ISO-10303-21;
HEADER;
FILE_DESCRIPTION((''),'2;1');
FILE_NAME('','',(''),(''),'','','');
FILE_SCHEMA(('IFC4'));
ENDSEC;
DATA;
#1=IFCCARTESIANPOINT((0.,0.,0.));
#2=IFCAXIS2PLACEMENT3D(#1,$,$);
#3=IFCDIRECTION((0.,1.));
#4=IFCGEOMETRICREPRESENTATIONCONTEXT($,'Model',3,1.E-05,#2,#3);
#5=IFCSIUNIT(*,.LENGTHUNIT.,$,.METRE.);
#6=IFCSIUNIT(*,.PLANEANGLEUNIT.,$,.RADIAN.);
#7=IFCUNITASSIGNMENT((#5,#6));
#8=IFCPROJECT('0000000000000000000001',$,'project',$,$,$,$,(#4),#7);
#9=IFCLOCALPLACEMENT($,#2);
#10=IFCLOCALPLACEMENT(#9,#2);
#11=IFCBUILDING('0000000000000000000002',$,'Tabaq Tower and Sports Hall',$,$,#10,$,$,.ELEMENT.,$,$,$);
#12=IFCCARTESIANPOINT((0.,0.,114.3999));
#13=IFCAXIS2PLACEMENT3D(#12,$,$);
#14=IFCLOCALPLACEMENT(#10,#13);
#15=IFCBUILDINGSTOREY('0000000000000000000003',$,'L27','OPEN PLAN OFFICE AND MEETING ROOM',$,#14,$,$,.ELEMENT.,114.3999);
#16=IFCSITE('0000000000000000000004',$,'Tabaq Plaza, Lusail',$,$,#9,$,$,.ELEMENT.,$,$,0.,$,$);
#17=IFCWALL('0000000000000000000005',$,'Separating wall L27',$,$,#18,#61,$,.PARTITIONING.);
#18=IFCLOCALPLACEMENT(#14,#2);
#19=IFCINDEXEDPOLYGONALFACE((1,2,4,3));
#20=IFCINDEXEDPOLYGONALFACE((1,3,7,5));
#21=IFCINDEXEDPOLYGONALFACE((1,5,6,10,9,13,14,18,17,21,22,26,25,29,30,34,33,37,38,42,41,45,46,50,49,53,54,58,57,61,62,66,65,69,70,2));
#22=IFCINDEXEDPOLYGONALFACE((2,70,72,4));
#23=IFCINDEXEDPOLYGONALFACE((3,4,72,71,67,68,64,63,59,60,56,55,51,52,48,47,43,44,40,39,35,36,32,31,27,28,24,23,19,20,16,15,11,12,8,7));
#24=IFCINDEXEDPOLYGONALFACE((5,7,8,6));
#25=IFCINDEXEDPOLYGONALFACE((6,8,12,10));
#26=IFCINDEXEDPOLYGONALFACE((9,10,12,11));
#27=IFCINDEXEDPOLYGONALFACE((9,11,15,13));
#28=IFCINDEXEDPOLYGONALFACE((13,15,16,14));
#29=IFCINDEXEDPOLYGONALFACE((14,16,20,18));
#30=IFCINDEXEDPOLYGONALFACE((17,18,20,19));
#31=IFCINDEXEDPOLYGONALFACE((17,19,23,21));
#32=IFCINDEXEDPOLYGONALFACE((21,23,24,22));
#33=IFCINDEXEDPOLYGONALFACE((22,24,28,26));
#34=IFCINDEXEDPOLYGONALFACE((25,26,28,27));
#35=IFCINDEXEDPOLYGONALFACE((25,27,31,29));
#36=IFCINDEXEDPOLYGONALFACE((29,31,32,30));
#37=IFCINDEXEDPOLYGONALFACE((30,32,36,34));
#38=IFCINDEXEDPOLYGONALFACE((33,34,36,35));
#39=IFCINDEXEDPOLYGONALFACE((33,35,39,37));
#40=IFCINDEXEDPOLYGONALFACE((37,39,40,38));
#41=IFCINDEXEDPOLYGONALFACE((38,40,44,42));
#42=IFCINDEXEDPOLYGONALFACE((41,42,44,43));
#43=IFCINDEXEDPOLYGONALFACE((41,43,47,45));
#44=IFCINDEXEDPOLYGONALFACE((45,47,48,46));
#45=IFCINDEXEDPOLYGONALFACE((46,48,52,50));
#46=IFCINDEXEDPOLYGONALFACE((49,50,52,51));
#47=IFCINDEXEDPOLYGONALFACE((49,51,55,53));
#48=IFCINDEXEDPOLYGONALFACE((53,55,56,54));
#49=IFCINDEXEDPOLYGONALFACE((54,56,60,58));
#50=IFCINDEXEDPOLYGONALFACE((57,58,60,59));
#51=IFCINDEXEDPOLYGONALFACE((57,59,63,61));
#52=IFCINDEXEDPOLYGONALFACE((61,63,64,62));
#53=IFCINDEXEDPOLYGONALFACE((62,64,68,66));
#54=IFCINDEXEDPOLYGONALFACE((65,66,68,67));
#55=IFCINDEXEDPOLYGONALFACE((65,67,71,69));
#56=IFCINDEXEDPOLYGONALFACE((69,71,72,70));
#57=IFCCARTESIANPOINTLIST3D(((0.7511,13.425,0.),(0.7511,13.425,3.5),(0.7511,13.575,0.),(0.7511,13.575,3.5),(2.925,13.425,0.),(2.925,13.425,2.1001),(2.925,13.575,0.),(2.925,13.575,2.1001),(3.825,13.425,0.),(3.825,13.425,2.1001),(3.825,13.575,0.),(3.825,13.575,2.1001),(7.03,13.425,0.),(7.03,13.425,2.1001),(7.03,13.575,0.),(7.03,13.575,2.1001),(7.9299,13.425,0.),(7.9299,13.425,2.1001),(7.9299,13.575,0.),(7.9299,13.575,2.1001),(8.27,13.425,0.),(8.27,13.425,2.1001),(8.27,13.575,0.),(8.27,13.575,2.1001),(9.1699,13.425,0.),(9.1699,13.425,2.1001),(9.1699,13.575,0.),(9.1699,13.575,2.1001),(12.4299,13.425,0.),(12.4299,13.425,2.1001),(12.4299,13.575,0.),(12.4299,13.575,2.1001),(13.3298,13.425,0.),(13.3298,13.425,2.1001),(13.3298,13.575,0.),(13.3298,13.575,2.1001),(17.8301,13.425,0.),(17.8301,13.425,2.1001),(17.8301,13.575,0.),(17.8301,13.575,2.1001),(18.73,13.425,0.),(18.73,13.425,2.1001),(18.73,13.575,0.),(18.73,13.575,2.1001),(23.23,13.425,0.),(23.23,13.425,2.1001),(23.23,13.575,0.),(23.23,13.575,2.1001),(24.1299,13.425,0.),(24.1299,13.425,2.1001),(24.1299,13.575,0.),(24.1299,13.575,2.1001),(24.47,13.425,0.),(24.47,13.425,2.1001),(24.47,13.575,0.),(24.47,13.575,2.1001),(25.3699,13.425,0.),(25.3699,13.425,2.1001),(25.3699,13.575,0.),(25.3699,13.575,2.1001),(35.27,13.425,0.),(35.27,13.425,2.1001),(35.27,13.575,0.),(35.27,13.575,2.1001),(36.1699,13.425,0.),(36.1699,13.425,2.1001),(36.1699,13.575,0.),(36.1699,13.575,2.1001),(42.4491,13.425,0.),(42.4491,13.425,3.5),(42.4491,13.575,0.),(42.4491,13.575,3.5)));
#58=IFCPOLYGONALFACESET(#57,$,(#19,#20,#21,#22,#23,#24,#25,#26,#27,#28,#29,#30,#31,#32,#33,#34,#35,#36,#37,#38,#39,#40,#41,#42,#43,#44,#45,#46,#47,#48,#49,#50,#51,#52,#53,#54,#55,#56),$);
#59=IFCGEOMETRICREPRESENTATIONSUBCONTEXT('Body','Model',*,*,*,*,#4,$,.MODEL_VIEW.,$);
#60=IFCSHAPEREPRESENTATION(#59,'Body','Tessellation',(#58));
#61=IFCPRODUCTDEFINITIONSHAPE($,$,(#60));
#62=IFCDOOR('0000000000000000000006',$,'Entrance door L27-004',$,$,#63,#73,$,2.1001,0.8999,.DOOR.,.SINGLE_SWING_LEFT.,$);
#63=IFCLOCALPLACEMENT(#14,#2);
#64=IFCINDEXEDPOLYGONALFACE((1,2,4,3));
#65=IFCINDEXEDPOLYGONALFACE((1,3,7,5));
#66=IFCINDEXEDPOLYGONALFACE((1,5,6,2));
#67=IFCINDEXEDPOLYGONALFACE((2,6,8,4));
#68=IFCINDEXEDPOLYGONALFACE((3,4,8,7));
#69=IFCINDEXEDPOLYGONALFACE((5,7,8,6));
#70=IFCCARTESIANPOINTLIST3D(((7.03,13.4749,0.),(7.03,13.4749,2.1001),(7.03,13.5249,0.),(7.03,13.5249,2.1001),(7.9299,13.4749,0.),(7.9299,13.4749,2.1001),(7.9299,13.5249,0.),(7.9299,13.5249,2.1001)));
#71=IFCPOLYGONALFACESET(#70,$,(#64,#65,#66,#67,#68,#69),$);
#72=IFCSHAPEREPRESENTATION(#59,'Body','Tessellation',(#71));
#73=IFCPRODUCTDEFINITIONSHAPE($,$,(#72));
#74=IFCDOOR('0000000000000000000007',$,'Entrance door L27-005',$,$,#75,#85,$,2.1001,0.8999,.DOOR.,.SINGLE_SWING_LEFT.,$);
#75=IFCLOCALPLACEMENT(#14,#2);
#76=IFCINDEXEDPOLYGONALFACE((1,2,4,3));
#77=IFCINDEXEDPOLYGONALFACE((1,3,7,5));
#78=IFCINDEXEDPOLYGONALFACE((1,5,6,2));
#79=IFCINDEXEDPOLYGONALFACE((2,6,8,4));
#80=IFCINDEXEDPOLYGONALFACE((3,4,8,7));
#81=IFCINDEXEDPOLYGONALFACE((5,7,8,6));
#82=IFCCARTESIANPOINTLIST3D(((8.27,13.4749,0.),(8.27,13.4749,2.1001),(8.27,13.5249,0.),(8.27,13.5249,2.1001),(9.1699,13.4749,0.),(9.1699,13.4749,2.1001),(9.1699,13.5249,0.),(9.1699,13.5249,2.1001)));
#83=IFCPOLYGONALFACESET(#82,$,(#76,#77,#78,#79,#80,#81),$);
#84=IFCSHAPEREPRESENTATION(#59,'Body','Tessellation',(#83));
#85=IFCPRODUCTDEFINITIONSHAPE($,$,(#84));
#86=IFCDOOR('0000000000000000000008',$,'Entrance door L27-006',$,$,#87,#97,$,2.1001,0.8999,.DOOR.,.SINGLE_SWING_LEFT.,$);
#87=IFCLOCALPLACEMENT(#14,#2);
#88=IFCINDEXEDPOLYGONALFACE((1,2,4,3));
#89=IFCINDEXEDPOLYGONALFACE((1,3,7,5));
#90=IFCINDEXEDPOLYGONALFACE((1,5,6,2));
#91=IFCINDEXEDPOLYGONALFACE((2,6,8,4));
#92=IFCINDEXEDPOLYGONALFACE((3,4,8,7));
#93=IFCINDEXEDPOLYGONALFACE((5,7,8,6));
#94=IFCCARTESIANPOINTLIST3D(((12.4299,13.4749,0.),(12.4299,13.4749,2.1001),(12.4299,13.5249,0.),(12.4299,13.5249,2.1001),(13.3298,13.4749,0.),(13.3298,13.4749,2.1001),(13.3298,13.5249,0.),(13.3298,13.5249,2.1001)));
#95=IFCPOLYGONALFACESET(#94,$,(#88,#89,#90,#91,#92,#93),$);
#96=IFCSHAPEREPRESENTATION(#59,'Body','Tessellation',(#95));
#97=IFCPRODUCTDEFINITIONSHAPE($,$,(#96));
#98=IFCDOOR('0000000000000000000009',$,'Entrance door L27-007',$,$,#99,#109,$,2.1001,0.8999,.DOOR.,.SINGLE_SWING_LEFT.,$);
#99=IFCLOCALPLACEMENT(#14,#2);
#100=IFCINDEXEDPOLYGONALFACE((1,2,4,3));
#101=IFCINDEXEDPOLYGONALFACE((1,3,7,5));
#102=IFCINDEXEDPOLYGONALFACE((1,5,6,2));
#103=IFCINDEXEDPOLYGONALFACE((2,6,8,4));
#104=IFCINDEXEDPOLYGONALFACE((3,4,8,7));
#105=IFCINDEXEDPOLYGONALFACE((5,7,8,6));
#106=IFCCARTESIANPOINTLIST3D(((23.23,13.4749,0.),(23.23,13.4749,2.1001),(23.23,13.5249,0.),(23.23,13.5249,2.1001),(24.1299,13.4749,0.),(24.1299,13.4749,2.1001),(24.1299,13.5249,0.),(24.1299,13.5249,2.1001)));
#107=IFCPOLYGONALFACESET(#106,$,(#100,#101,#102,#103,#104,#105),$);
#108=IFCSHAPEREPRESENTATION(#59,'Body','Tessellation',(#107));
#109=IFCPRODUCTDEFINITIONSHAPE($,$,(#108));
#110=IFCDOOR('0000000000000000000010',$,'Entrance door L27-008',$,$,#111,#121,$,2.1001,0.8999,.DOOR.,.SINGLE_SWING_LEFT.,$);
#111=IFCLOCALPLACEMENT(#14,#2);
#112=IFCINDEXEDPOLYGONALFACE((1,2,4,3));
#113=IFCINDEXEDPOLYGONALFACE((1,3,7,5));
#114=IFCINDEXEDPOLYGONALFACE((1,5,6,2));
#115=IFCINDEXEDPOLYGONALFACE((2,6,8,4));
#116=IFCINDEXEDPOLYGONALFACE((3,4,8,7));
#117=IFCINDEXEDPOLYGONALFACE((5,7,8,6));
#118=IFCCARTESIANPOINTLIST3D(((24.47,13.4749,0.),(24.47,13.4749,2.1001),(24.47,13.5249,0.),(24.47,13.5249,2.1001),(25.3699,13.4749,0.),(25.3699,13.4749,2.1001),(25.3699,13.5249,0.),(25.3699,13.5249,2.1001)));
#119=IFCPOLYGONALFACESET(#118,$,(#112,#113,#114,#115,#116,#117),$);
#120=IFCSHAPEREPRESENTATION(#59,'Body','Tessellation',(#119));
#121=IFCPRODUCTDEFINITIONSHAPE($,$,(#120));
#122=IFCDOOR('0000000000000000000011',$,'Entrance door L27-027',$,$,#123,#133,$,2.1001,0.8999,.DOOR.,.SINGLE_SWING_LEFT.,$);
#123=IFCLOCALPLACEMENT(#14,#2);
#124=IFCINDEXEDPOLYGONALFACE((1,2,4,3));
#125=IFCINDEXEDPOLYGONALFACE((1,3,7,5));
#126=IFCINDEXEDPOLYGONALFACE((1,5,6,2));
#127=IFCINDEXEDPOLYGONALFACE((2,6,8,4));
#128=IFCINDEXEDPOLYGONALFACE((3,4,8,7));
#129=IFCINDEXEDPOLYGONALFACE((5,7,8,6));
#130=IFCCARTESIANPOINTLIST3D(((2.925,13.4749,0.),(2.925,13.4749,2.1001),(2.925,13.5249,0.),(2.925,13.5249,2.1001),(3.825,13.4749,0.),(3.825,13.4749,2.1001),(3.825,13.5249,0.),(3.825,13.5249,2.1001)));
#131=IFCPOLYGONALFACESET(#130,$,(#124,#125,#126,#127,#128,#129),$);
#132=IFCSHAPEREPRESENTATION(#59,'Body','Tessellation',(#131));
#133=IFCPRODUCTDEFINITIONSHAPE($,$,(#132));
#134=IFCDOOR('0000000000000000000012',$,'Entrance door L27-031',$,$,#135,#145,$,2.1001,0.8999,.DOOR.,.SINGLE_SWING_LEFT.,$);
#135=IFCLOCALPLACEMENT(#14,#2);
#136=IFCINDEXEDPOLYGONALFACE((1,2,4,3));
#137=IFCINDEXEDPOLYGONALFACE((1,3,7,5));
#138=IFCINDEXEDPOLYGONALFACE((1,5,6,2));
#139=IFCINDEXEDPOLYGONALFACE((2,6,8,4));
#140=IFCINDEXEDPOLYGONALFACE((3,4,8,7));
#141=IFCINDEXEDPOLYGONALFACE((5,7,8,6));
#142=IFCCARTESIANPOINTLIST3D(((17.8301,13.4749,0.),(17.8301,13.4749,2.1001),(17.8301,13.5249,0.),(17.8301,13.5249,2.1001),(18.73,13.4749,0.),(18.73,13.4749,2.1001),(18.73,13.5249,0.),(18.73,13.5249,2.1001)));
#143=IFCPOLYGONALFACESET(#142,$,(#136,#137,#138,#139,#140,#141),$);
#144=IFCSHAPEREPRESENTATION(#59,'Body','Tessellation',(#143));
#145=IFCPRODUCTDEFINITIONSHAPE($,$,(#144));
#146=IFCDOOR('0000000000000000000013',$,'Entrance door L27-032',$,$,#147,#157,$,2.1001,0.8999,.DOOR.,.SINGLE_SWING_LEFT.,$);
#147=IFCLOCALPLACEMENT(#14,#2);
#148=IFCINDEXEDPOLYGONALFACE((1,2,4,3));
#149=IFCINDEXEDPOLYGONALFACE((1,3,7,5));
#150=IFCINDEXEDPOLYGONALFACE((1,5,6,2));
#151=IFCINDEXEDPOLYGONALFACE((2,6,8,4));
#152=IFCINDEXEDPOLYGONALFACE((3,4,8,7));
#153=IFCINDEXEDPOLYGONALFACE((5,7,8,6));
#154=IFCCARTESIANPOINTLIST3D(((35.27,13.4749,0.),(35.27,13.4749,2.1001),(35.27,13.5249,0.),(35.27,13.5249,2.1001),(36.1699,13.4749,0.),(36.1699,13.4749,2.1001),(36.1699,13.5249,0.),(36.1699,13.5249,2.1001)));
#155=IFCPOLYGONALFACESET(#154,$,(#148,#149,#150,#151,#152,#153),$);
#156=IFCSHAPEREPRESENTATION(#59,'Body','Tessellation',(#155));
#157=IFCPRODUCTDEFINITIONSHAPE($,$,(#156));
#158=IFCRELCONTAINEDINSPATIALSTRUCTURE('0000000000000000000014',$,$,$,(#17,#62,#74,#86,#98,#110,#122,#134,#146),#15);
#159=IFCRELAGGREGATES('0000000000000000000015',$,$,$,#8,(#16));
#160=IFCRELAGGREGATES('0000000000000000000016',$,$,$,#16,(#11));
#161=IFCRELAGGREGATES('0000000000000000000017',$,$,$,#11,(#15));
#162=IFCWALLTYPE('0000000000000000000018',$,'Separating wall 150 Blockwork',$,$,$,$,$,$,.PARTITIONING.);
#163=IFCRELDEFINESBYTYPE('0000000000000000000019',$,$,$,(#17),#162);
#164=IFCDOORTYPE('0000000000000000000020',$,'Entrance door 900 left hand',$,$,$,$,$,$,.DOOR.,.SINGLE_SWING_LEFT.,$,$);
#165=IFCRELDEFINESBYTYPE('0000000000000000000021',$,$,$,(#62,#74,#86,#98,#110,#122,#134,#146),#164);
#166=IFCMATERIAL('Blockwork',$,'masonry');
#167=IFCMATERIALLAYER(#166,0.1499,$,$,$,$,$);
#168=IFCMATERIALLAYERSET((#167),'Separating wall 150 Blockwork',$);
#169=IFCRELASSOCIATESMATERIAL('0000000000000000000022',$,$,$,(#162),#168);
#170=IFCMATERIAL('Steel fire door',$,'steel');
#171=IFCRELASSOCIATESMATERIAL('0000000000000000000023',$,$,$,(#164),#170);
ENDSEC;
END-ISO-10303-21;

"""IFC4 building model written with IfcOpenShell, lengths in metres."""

from ifc_helpers import new_model, si_unit, direction, frame, frame_2d, origin, place, context, subcontext, project, spatial, rectangle, extrude, material, layer, layer_set, type_object, element, fill, save


model = new_model("IFC4")

# Units and contexts
model_context = context("Model", 3, precision=1e-05, world=origin(), true_north=direction((0.0, 1.0)))
body_context = subcontext(model_context, "Body", "Model", "MODEL_VIEW")
ifc_project = project(units=[si_unit("LENGTHUNIT", "METRE"), si_unit("PLANEANGLEUNIT", "RADIAN")], contexts=[model_context])

# Site, building, storey
site_placement = place(None, origin())
site = spatial("IfcSite", under=ifc_project, at=site_placement, Name="Tabaq Plaza, Lusail", CompositionType="ELEMENT", RefElevation=0.0)
building_placement = place(site_placement, origin())
building = spatial("IfcBuilding", under=site, at=building_placement, Name="Tabaq Tower and Sports Hall", CompositionType="ELEMENT")
storey_placement = place(building_placement, frame((0.0, 0.0, 114.3999)))
storey = spatial("IfcBuildingStorey", under=building, at=storey_placement, Name="L27", Description="OPEN PLAN OFFICE AND MEETING ROOM", CompositionType="ELEMENT", Elevation=114.3999)

# Shared definitions
ifc_material_1 = material(Name="Blockwork", Category="masonry")
ifc_layer_1 = layer(ifc_material_1, 0.1499)
ifc_layer_set_1 = layer_set([ifc_layer_1], Name="Separating wall 150 Blockwork")
wall_type_1 = type_object("IfcWallType", Name="Separating wall 150 Blockwork", PredefinedType="PARTITIONING", material=ifc_layer_set_1)

# Wall, openings, doors
wall_1_placement = place(storey_placement, frame((0.751, 13.5, 0.0), z_axis=(0.0, 0.0, 1.0), x_axis=(1.0, 0.0, 0.0)))
wall_1 = element("IfcWall", 1, at=wall_1_placement, inside=storey, type_object=wall_type_1, Name="Separating wall L27", PredefinedType="PARTITIONING", context=body_context, shape_type="SweptSolid", body=[
    extrude(rectangle(XDim=41.698, YDim=0.1499, at=frame_2d((20.8491, 0.0))), origin(), (0.0, 0.0, 1.0), 3.5),
])
opening_1_placement = place(wall_1_placement, frame((6.2791, 0.0, 0.0)))
opening_1 = element("IfcOpeningElement", 2, at=opening_1_placement, cuts=wall_1, PredefinedType="OPENING", context=body_context, shape_type="SweptSolid", body=[
    extrude(rectangle(XDim=0.8999, YDim=2.1001, at=frame_2d((0.45, 1.05))), frame((0.0, 0.075, 0.0), z_axis=(0.0, -1.0, 0.0), x_axis=(1.0, 0.0, 0.0)), (0.0, 0.0, 1.0), 0.1499),
])
opening_2_placement = place(wall_1_placement, frame((7.519, 0.0, 0.0)))
opening_2 = element("IfcOpeningElement", 3, at=opening_2_placement, cuts=wall_1, PredefinedType="OPENING", context=body_context, shape_type="SweptSolid", body=[
    extrude(rectangle(XDim=0.8999, YDim=2.1001, at=frame_2d((0.45, 1.05))), frame((0.0, 0.075, 0.0), z_axis=(0.0, -1.0, 0.0), x_axis=(1.0, 0.0, 0.0)), (0.0, 0.0, 1.0), 0.1499),
])
opening_3_placement = place(wall_1_placement, frame((11.679, 0.0, 0.0)))
opening_3 = element("IfcOpeningElement", 4, at=opening_3_placement, cuts=wall_1, PredefinedType="OPENING", context=body_context, shape_type="SweptSolid", body=[
    extrude(rectangle(XDim=0.8999, YDim=2.1001, at=frame_2d((0.45, 1.05))), frame((0.0, 0.075, 0.0), z_axis=(0.0, -1.0, 0.0), x_axis=(1.0, 0.0, 0.0)), (0.0, 0.0, 1.0), 0.1499),
])
opening_4_placement = place(wall_1_placement, frame((22.479, 0.0, 0.0)))
opening_4 = element("IfcOpeningElement", 5, at=opening_4_placement, cuts=wall_1, PredefinedType="OPENING", context=body_context, shape_type="SweptSolid", body=[
    extrude(rectangle(XDim=0.8999, YDim=2.1001, at=frame_2d((0.45, 1.05))), frame((0.0, 0.075, 0.0), z_axis=(0.0, -1.0, 0.0), x_axis=(1.0, 0.0, 0.0)), (0.0, 0.0, 1.0), 0.1499),
])
opening_5_placement = place(wall_1_placement, frame((23.719, 0.0, 0.0)))
opening_5 = element("IfcOpeningElement", 6, at=opening_5_placement, cuts=wall_1, PredefinedType="OPENING", context=body_context, shape_type="SweptSolid", body=[
    extrude(rectangle(XDim=0.8999, YDim=2.1001, at=frame_2d((0.45, 1.05))), frame((0.0, 0.075, 0.0), z_axis=(0.0, -1.0, 0.0), x_axis=(1.0, 0.0, 0.0)), (0.0, 0.0, 1.0), 0.1499),
])
opening_6_placement = place(wall_1_placement, frame((2.1741, 0.0, 0.0)))
opening_6 = element("IfcOpeningElement", 7, at=opening_6_placement, cuts=wall_1, PredefinedType="OPENING", context=body_context, shape_type="SweptSolid", body=[
    extrude(rectangle(XDim=0.8999, YDim=2.1001, at=frame_2d((0.45, 1.05))), frame((0.0, 0.075, 0.0), z_axis=(0.0, -1.0, 0.0), x_axis=(1.0, 0.0, 0.0)), (0.0, 0.0, 1.0), 0.1499),
])
opening_7_placement = place(wall_1_placement, frame((17.0791, 0.0, 0.0)))
opening_7 = element("IfcOpeningElement", 8, at=opening_7_placement, cuts=wall_1, PredefinedType="OPENING", context=body_context, shape_type="SweptSolid", body=[
    extrude(rectangle(XDim=0.8999, YDim=2.1001, at=frame_2d((0.45, 1.05))), frame((0.0, 0.075, 0.0), z_axis=(0.0, -1.0, 0.0), x_axis=(1.0, 0.0, 0.0)), (0.0, 0.0, 1.0), 0.1499),
])
opening_8_placement = place(wall_1_placement, frame((34.519, 0.0, 0.0)))
opening_8 = element("IfcOpeningElement", 9, at=opening_8_placement, cuts=wall_1, PredefinedType="OPENING", context=body_context, shape_type="SweptSolid", body=[
    extrude(rectangle(XDim=0.8999, YDim=2.1001, at=frame_2d((0.45, 1.05))), frame((0.0, 0.075, 0.0), z_axis=(0.0, -1.0, 0.0), x_axis=(1.0, 0.0, 0.0)), (0.0, 0.0, 1.0), 0.1499),
])
ifc_material_2 = material(Name="Steel fire door", Category="steel")
door_type = type_object("IfcDoorType", Name="Entrance door 900 left hand", OperationType="SINGLE_SWING_LEFT", PredefinedType="DOOR", material=ifc_material_2)
door_1_placement = place(opening_1_placement, origin())
door_1 = element("IfcDoor", 10, at=door_1_placement, inside=storey, type_object=door_type, Name="Entrance door L27-004", OperationType="SINGLE_SWING_LEFT", OverallHeight=2.1001, OverallWidth=0.8999, PredefinedType="DOOR", context=body_context, shape_type="SweptSolid", body=[
    extrude(rectangle(XDim=0.8999, YDim=2.1001, at=frame_2d((0.45, 1.05))), frame((0.0, 0.0249, 0.0), z_axis=(0.0, -1.0, 0.0), x_axis=(1.0, 0.0, 0.0)), (0.0, 0.0, 1.0), 0.05),
])
fill(opening_1, door_1)
door_2_placement = place(opening_2_placement, origin())
door_2 = element("IfcDoor", 11, at=door_2_placement, inside=storey, type_object=door_type, Name="Entrance door L27-005", OperationType="SINGLE_SWING_LEFT", OverallHeight=2.1001, OverallWidth=0.8999, PredefinedType="DOOR", context=body_context, shape_type="SweptSolid", body=[
    extrude(rectangle(XDim=0.8999, YDim=2.1001, at=frame_2d((0.45, 1.05))), frame((0.0, 0.0249, 0.0), z_axis=(0.0, -1.0, 0.0), x_axis=(1.0, 0.0, 0.0)), (0.0, 0.0, 1.0), 0.05),
])
fill(opening_2, door_2)
door_3_placement = place(opening_3_placement, origin())
door_3 = element("IfcDoor", 12, at=door_3_placement, inside=storey, type_object=door_type, Name="Entrance door L27-006", OperationType="SINGLE_SWING_LEFT", OverallHeight=2.1001, OverallWidth=0.8999, PredefinedType="DOOR", context=body_context, shape_type="SweptSolid", body=[
    extrude(rectangle(XDim=0.8999, YDim=2.1001, at=frame_2d((0.45, 1.05))), frame((0.0, 0.0249, 0.0), z_axis=(0.0, -1.0, 0.0), x_axis=(1.0, 0.0, 0.0)), (0.0, 0.0, 1.0), 0.05),
])
fill(opening_3, door_3)
door_4_placement = place(opening_4_placement, origin())
door_4 = element("IfcDoor", 13, at=door_4_placement, inside=storey, type_object=door_type, Name="Entrance door L27-007", OperationType="SINGLE_SWING_LEFT", OverallHeight=2.1001, OverallWidth=0.8999, PredefinedType="DOOR", context=body_context, shape_type="SweptSolid", body=[
    extrude(rectangle(XDim=0.8999, YDim=2.1001, at=frame_2d((0.45, 1.05))), frame((0.0, 0.0249, 0.0), z_axis=(0.0, -1.0, 0.0), x_axis=(1.0, 0.0, 0.0)), (0.0, 0.0, 1.0), 0.05),
])
fill(opening_4, door_4)
door_5_placement = place(opening_5_placement, origin())
door_5 = element("IfcDoor", 14, at=door_5_placement, inside=storey, type_object=door_type, Name="Entrance door L27-008", OperationType="SINGLE_SWING_LEFT", OverallHeight=2.1001, OverallWidth=0.8999, PredefinedType="DOOR", context=body_context, shape_type="SweptSolid", body=[
    extrude(rectangle(XDim=0.8999, YDim=2.1001, at=frame_2d((0.45, 1.05))), frame((0.0, 0.0249, 0.0), z_axis=(0.0, -1.0, 0.0), x_axis=(1.0, 0.0, 0.0)), (0.0, 0.0, 1.0), 0.05),
])
fill(opening_5, door_5)
door_6_placement = place(opening_6_placement, origin())
door_6 = element("IfcDoor", 15, at=door_6_placement, inside=storey, type_object=door_type, Name="Entrance door L27-027", OperationType="SINGLE_SWING_LEFT", OverallHeight=2.1001, OverallWidth=0.8999, PredefinedType="DOOR", context=body_context, shape_type="SweptSolid", body=[
    extrude(rectangle(XDim=0.8999, YDim=2.1001, at=frame_2d((0.45, 1.05))), frame((0.0, 0.0249, 0.0), z_axis=(0.0, -1.0, 0.0), x_axis=(1.0, 0.0, 0.0)), (0.0, 0.0, 1.0), 0.05),
])
fill(opening_6, door_6)
door_7_placement = place(opening_7_placement, origin())
door_7 = element("IfcDoor", 16, at=door_7_placement, inside=storey, type_object=door_type, Name="Entrance door L27-031", OperationType="SINGLE_SWING_LEFT", OverallHeight=2.1001, OverallWidth=0.8999, PredefinedType="DOOR", context=body_context, shape_type="SweptSolid", body=[
    extrude(rectangle(XDim=0.8999, YDim=2.1001, at=frame_2d((0.45, 1.05))), frame((0.0, 0.0249, 0.0), z_axis=(0.0, -1.0, 0.0), x_axis=(1.0, 0.0, 0.0)), (0.0, 0.0, 1.0), 0.05),
])
fill(opening_7, door_7)
door_8_placement = place(opening_8_placement, origin())
door_8 = element("IfcDoor", 17, at=door_8_placement, inside=storey, type_object=door_type, Name="Entrance door L27-032", OperationType="SINGLE_SWING_LEFT", OverallHeight=2.1001, OverallWidth=0.8999, PredefinedType="DOOR", context=body_context, shape_type="SweptSolid", body=[
    extrude(rectangle(XDim=0.8999, YDim=2.1001, at=frame_2d((0.45, 1.05))), frame((0.0, 0.0249, 0.0), z_axis=(0.0, -1.0, 0.0), x_axis=(1.0, 0.0, 0.0)), (0.0, 0.0, 1.0), 0.05),
])
fill(opening_8, door_8)

save(model, "model.ifc")
